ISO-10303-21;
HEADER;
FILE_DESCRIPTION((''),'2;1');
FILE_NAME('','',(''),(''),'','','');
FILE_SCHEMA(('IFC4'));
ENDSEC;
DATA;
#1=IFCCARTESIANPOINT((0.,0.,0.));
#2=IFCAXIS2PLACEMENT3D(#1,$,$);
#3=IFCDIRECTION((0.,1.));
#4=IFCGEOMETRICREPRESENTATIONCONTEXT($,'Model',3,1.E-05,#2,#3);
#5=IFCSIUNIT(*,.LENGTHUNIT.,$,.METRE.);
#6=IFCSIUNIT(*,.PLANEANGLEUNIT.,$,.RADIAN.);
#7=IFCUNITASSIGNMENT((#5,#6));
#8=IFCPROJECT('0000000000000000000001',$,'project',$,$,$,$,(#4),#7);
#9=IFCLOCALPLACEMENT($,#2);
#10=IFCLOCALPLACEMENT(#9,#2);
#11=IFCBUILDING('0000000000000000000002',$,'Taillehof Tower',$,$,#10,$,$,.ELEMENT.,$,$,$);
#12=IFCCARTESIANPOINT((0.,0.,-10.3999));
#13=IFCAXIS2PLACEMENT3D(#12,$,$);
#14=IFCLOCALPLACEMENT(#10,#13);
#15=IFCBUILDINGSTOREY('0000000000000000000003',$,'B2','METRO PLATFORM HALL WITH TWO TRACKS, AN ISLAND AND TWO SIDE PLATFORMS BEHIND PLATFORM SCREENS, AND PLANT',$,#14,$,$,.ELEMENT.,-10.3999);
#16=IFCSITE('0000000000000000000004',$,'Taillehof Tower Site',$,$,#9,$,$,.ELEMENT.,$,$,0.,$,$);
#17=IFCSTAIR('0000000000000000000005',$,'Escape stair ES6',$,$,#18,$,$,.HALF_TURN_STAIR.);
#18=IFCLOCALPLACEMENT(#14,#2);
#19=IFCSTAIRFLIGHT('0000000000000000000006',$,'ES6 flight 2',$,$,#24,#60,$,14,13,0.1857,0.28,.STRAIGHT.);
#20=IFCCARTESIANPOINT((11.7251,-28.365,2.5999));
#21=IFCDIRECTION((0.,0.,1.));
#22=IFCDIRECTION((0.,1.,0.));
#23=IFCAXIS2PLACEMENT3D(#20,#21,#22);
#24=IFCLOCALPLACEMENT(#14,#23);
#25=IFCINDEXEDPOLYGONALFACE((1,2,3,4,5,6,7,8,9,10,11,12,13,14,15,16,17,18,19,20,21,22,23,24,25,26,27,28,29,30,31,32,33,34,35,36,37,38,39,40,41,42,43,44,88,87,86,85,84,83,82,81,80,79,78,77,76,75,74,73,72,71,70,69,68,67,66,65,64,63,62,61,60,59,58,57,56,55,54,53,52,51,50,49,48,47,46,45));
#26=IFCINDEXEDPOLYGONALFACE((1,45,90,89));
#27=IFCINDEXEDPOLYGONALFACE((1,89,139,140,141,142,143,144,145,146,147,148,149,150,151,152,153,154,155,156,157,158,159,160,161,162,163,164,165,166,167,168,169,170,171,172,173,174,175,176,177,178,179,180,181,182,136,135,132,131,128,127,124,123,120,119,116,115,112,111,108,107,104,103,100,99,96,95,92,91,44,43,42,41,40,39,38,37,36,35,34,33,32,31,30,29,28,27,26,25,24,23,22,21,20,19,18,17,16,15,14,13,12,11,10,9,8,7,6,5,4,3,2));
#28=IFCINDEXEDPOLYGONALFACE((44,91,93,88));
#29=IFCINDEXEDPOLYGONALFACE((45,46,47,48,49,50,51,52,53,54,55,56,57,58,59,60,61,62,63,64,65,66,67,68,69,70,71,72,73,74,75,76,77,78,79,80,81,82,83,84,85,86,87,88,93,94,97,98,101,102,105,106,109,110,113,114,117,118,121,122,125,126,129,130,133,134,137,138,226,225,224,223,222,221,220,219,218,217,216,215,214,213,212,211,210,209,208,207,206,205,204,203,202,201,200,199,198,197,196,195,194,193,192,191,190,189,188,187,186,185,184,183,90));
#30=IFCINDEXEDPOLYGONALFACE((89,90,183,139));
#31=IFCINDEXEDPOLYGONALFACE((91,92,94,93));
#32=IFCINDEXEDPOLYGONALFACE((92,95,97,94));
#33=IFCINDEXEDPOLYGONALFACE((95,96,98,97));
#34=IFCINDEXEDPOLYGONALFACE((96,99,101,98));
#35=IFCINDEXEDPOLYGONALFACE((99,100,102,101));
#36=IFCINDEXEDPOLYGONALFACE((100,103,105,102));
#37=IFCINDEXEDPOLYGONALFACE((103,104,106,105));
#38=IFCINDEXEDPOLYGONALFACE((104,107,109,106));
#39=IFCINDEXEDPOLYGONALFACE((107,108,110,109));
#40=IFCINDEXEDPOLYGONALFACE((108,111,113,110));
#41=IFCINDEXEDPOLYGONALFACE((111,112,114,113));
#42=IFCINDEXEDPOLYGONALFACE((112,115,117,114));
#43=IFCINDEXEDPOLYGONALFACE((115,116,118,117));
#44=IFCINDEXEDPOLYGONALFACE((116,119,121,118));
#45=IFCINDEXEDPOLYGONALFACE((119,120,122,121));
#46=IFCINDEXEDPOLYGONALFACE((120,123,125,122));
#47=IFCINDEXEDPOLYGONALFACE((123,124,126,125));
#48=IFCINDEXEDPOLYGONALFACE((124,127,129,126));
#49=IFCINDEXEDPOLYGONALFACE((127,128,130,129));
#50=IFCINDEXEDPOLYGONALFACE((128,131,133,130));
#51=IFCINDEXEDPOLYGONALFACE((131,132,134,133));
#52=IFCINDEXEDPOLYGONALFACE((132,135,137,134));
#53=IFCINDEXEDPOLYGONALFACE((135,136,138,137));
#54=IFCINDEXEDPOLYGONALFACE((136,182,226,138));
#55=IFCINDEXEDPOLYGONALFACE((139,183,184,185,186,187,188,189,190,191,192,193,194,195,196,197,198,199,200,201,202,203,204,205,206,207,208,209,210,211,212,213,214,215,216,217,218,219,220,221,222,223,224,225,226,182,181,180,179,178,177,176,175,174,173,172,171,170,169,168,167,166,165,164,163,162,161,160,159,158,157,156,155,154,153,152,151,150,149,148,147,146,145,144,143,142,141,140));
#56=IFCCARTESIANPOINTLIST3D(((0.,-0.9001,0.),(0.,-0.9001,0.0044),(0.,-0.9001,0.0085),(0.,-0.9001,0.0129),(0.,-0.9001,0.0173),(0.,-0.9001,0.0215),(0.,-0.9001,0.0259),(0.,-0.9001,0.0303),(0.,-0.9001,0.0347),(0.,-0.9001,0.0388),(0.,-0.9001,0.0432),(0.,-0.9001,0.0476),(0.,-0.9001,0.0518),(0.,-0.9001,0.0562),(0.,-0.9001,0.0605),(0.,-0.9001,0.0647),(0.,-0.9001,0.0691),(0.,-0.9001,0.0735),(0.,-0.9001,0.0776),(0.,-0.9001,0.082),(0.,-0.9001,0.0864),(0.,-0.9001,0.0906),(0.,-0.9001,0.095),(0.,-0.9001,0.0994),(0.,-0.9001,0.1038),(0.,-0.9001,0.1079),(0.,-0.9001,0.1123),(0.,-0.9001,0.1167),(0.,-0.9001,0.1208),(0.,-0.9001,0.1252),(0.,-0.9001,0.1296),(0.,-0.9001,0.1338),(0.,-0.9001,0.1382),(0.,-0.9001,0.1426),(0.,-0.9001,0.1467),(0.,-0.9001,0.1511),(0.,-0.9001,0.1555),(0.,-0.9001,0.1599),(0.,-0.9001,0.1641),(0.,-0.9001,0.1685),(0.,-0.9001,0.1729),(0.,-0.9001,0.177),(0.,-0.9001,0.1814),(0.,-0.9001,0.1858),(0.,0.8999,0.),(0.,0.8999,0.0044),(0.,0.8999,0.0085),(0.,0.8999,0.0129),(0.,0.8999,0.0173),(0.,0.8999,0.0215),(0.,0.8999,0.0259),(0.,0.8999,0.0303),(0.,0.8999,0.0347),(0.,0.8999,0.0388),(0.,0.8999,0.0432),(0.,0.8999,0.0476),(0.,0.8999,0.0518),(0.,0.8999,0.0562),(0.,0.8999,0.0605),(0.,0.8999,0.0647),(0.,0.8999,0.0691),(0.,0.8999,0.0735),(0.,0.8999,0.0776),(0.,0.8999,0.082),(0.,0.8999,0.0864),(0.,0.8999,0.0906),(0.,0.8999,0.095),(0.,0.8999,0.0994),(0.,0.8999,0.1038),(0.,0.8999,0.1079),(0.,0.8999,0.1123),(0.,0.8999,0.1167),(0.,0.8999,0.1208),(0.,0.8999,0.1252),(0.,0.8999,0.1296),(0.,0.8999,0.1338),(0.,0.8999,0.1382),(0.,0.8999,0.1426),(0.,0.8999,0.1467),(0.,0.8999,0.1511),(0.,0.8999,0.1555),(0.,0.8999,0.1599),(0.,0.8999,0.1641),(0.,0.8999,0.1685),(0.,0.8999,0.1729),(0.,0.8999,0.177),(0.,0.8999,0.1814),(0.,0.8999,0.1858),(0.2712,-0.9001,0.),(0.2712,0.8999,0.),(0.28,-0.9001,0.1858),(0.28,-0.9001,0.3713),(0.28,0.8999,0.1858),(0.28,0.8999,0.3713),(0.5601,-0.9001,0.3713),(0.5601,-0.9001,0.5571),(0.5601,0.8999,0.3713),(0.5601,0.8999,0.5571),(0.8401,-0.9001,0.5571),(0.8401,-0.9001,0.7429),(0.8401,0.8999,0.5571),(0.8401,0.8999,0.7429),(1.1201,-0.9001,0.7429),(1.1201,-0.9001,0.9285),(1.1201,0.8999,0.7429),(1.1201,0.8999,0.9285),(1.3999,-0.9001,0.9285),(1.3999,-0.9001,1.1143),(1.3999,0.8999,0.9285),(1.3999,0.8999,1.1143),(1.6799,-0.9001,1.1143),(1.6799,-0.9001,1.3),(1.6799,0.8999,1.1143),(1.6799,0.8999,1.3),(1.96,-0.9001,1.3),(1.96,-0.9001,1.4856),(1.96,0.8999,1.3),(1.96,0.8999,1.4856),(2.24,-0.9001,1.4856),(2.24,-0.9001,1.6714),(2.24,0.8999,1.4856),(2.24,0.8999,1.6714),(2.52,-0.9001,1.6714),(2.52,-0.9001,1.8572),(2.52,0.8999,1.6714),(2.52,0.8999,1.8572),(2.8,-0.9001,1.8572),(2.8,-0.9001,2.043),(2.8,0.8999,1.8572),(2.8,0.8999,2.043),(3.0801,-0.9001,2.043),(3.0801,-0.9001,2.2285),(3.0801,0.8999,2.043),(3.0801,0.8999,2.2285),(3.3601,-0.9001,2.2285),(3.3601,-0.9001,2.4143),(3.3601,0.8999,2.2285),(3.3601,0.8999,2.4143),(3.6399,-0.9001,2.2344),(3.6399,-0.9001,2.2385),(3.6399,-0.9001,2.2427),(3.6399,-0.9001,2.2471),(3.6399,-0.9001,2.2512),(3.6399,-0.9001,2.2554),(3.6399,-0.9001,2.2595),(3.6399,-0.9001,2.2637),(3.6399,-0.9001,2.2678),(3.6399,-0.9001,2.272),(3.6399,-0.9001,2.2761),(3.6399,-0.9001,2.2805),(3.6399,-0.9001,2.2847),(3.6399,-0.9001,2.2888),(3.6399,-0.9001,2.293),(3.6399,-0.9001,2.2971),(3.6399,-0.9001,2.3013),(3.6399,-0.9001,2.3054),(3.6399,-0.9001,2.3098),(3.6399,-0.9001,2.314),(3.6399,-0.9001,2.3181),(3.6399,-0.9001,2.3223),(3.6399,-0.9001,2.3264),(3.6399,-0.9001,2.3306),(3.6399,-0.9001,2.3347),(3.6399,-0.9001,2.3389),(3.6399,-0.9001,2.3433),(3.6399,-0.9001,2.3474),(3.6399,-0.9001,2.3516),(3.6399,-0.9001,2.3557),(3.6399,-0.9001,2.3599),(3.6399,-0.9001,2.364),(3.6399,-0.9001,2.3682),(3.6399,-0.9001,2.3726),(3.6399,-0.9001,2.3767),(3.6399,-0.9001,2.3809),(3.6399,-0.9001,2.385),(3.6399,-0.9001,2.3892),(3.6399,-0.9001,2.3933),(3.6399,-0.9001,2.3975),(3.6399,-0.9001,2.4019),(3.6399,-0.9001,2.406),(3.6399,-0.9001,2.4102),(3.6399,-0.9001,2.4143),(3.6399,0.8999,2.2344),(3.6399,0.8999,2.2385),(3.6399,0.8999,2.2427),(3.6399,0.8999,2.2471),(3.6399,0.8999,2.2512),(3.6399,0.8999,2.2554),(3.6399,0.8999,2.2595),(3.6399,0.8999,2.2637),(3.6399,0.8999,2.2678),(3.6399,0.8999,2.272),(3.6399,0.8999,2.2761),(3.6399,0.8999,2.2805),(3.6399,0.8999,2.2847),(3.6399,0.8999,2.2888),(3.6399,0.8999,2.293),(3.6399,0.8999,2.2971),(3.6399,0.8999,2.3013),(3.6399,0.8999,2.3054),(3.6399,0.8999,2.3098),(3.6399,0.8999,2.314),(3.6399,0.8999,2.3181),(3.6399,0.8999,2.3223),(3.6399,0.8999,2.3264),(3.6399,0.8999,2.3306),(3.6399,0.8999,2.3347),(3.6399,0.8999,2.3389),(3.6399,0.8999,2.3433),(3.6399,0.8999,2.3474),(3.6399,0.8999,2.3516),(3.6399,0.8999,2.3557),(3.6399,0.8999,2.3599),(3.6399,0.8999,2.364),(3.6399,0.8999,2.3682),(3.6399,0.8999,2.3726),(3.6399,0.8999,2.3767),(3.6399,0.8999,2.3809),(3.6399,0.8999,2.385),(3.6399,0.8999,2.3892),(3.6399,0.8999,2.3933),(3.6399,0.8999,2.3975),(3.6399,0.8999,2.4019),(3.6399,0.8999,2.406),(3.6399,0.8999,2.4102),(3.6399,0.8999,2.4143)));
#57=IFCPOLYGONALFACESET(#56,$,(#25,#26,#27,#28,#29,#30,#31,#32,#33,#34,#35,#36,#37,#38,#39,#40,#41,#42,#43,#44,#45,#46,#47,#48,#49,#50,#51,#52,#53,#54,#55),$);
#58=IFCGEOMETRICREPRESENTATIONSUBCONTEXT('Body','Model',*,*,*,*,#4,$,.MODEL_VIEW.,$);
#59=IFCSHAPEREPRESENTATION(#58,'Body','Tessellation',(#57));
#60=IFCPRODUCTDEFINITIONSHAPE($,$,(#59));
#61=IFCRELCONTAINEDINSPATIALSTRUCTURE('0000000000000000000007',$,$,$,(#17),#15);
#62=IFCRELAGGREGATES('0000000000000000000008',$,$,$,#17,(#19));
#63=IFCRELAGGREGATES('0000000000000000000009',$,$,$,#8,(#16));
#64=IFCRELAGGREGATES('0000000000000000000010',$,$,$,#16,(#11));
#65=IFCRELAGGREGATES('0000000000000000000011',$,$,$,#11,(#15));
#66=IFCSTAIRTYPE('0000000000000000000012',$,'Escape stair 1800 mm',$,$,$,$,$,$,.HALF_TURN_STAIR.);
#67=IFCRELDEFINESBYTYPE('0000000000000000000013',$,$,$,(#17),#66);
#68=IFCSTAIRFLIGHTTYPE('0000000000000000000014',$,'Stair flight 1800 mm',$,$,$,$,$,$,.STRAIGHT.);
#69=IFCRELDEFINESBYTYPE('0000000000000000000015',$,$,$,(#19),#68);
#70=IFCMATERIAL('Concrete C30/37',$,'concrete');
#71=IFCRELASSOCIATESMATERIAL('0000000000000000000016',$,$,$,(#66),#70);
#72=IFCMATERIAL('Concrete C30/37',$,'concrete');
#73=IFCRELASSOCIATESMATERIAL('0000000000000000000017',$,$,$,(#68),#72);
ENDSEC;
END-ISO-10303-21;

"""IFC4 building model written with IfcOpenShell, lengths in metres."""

from ifc_helpers import new_model, si_unit, direction, frame, origin, place, context, subcontext, project, spatial, polyline, outline, extrude, material, type_object, element, aggregate, save


model = new_model("IFC4")

# Units and contexts
model_context = context("Model", 3, precision=1e-05, world=origin(), true_north=direction((0.0, 1.0)))
body_context = subcontext(model_context, "Body", "Model", "MODEL_VIEW")
ifc_project = project(units=[si_unit("LENGTHUNIT", "METRE"), si_unit("PLANEANGLEUNIT", "RADIAN")], contexts=[model_context])

# Site, building, storey
site_placement = place(None, origin())
site = spatial("IfcSite", under=ifc_project, at=site_placement, Name="Taillehof Tower Site", CompositionType="ELEMENT", RefElevation=0.0)
building_placement = place(site_placement, origin())
building = spatial("IfcBuilding", under=site, at=building_placement, Name="Taillehof Tower", CompositionType="ELEMENT")
storey_placement = place(building_placement, frame((0.0, 0.0, -10.3999)))
storey = spatial("IfcBuildingStorey", under=building, at=storey_placement, Name="B2", Description="METRO PLATFORM HALL WITH TWO TRACKS, AN ISLAND AND TWO SIDE PLATFORMS BEHIND PLATFORM SCREENS, AND PLANT", CompositionType="ELEMENT", Elevation=-10.3999)

# Stair, stair flight
ifc_material_1 = material(Name="Concrete C30/37", Category="concrete")
stair_type = type_object("IfcStairType", Name="Escape stair 1800 mm", PredefinedType="HALF_TURN_STAIR", material=ifc_material_1)
stair_placement = place(storey_placement, origin())
stair = element("IfcStair", 1, at=stair_placement, inside=storey, type_object=stair_type, Name="Escape stair ES6", PredefinedType="HALF_TURN_STAIR")
ifc_material_2 = material(Name="Concrete C30/37", Category="concrete")
stair_flight_type = type_object("IfcStairFlightType", Name="Stair flight 1800 mm", PredefinedType="STRAIGHT", material=ifc_material_2)
stair_flight_placement = place(storey_placement, frame((11.7251, -28.365, 2.5999), z_axis=(0.0, 0.0, 1.0), x_axis=(0.0, 1.0, 0.0)))
stair_flight = element("IfcStairFlight", 2, at=stair_flight_placement, type_object=stair_flight_type, Name="ES6 flight 2", NumberOfRisers=14, NumberOfTreads=13, PredefinedType="STRAIGHT", RiserHeight=0.1857, TreadLength=0.28, context=body_context, shape_type="SweptSolid", body=[
    extrude(outline(polyline([(0.0, 0.0), (0.0, 0.0044), (0.0, 0.0085), (0.0, 0.0129), (0.0, 0.0173), (0.0, 0.0215), (0.0, 0.0259), (0.0, 0.0303), (0.0, 0.0347), (0.0, 0.0388), (0.0, 0.0432), (0.0, 0.0476), (0.0, 0.0518), (0.0, 0.0562), (0.0, 0.0605), (0.0, 0.0647), (0.0, 0.0691), (0.0, 0.0735), (0.0, 0.0776), (0.0, 0.082), (0.0, 0.0864), (0.0, 0.0906), (0.0, 0.095), (0.0, 0.0994), (0.0, 0.1038), (0.0, 0.1079), (0.0, 0.1123), (0.0, 0.1167), (0.0, 0.1208), (0.0, 0.1252), (0.0, 0.1296), (0.0, 0.1338), (0.0, 0.1382), (0.0, 0.1426), (0.0, 0.1467), (0.0, 0.1511), (0.0, 0.1555), (0.0, 0.1599), (0.0, 0.1641), (0.0, 0.1685), (0.0, 0.1729), (0.0, 0.177), (0.0, 0.1814), (0.0, 0.1858), (0.28, 0.1858), (0.28, 0.3713), (0.5601, 0.3713), (0.5601, 0.5571), (0.8401, 0.5571), (0.8401, 0.7429), (1.1201, 0.7429), (1.1201, 0.9285), (1.3999, 0.9285), (1.3999, 1.1143), (1.6799, 1.1143), (1.6799, 1.3), (1.96, 1.3), (1.96, 1.4856), (2.24, 1.4856), (2.24, 1.6714), (2.52, 1.6714), (2.52, 1.8572), (2.8, 1.8572), (2.8, 2.043), (3.0801, 2.043), (3.0801, 2.2285), (3.3601, 2.2285), (3.3601, 2.4143), (3.6399, 2.4143), (3.6399, 2.4102), (3.6399, 2.406), (3.6399, 2.4019), (3.6399, 2.3975), (3.6399, 2.3933), (3.6399, 2.3892), (3.6399, 2.385), (3.6399, 2.3809), (3.6399, 2.3767), (3.6399, 2.3726), (3.6399, 2.3682), (3.6399, 2.364), (3.6399, 2.3599), (3.6399, 2.3557), (3.6399, 2.3516), (3.6399, 2.3474), (3.6399, 2.3433), (3.6399, 2.3389), (3.6399, 2.3347), (3.6399, 2.3306), (3.6399, 2.3264), (3.6399, 2.3223), (3.6399, 2.3181), (3.6399, 2.314), (3.6399, 2.3098), (3.6399, 2.3054), (3.6399, 2.3013), (3.6399, 2.2971), (3.6399, 2.293), (3.6399, 2.2888), (3.6399, 2.2847), (3.6399, 2.2805), (3.6399, 2.2761), (3.6399, 2.272), (3.6399, 2.2678), (3.6399, 2.2637), (3.6399, 2.2595), (3.6399, 2.2554), (3.6399, 2.2512), (3.6399, 2.2471), (3.6399, 2.2427), (3.6399, 2.2385), (3.6399, 2.2344), (0.2712, 0.0), (0.0, 0.0)])), frame((0.0, 0.8999, 0.0), z_axis=(0.0, -1.0, 0.0), x_axis=(1.0, 0.0, 0.0)), (0.0, 0.0, 1.0), 1.8),
])
aggregate(stair, [stair_flight])

save(model, "model.ifc")
